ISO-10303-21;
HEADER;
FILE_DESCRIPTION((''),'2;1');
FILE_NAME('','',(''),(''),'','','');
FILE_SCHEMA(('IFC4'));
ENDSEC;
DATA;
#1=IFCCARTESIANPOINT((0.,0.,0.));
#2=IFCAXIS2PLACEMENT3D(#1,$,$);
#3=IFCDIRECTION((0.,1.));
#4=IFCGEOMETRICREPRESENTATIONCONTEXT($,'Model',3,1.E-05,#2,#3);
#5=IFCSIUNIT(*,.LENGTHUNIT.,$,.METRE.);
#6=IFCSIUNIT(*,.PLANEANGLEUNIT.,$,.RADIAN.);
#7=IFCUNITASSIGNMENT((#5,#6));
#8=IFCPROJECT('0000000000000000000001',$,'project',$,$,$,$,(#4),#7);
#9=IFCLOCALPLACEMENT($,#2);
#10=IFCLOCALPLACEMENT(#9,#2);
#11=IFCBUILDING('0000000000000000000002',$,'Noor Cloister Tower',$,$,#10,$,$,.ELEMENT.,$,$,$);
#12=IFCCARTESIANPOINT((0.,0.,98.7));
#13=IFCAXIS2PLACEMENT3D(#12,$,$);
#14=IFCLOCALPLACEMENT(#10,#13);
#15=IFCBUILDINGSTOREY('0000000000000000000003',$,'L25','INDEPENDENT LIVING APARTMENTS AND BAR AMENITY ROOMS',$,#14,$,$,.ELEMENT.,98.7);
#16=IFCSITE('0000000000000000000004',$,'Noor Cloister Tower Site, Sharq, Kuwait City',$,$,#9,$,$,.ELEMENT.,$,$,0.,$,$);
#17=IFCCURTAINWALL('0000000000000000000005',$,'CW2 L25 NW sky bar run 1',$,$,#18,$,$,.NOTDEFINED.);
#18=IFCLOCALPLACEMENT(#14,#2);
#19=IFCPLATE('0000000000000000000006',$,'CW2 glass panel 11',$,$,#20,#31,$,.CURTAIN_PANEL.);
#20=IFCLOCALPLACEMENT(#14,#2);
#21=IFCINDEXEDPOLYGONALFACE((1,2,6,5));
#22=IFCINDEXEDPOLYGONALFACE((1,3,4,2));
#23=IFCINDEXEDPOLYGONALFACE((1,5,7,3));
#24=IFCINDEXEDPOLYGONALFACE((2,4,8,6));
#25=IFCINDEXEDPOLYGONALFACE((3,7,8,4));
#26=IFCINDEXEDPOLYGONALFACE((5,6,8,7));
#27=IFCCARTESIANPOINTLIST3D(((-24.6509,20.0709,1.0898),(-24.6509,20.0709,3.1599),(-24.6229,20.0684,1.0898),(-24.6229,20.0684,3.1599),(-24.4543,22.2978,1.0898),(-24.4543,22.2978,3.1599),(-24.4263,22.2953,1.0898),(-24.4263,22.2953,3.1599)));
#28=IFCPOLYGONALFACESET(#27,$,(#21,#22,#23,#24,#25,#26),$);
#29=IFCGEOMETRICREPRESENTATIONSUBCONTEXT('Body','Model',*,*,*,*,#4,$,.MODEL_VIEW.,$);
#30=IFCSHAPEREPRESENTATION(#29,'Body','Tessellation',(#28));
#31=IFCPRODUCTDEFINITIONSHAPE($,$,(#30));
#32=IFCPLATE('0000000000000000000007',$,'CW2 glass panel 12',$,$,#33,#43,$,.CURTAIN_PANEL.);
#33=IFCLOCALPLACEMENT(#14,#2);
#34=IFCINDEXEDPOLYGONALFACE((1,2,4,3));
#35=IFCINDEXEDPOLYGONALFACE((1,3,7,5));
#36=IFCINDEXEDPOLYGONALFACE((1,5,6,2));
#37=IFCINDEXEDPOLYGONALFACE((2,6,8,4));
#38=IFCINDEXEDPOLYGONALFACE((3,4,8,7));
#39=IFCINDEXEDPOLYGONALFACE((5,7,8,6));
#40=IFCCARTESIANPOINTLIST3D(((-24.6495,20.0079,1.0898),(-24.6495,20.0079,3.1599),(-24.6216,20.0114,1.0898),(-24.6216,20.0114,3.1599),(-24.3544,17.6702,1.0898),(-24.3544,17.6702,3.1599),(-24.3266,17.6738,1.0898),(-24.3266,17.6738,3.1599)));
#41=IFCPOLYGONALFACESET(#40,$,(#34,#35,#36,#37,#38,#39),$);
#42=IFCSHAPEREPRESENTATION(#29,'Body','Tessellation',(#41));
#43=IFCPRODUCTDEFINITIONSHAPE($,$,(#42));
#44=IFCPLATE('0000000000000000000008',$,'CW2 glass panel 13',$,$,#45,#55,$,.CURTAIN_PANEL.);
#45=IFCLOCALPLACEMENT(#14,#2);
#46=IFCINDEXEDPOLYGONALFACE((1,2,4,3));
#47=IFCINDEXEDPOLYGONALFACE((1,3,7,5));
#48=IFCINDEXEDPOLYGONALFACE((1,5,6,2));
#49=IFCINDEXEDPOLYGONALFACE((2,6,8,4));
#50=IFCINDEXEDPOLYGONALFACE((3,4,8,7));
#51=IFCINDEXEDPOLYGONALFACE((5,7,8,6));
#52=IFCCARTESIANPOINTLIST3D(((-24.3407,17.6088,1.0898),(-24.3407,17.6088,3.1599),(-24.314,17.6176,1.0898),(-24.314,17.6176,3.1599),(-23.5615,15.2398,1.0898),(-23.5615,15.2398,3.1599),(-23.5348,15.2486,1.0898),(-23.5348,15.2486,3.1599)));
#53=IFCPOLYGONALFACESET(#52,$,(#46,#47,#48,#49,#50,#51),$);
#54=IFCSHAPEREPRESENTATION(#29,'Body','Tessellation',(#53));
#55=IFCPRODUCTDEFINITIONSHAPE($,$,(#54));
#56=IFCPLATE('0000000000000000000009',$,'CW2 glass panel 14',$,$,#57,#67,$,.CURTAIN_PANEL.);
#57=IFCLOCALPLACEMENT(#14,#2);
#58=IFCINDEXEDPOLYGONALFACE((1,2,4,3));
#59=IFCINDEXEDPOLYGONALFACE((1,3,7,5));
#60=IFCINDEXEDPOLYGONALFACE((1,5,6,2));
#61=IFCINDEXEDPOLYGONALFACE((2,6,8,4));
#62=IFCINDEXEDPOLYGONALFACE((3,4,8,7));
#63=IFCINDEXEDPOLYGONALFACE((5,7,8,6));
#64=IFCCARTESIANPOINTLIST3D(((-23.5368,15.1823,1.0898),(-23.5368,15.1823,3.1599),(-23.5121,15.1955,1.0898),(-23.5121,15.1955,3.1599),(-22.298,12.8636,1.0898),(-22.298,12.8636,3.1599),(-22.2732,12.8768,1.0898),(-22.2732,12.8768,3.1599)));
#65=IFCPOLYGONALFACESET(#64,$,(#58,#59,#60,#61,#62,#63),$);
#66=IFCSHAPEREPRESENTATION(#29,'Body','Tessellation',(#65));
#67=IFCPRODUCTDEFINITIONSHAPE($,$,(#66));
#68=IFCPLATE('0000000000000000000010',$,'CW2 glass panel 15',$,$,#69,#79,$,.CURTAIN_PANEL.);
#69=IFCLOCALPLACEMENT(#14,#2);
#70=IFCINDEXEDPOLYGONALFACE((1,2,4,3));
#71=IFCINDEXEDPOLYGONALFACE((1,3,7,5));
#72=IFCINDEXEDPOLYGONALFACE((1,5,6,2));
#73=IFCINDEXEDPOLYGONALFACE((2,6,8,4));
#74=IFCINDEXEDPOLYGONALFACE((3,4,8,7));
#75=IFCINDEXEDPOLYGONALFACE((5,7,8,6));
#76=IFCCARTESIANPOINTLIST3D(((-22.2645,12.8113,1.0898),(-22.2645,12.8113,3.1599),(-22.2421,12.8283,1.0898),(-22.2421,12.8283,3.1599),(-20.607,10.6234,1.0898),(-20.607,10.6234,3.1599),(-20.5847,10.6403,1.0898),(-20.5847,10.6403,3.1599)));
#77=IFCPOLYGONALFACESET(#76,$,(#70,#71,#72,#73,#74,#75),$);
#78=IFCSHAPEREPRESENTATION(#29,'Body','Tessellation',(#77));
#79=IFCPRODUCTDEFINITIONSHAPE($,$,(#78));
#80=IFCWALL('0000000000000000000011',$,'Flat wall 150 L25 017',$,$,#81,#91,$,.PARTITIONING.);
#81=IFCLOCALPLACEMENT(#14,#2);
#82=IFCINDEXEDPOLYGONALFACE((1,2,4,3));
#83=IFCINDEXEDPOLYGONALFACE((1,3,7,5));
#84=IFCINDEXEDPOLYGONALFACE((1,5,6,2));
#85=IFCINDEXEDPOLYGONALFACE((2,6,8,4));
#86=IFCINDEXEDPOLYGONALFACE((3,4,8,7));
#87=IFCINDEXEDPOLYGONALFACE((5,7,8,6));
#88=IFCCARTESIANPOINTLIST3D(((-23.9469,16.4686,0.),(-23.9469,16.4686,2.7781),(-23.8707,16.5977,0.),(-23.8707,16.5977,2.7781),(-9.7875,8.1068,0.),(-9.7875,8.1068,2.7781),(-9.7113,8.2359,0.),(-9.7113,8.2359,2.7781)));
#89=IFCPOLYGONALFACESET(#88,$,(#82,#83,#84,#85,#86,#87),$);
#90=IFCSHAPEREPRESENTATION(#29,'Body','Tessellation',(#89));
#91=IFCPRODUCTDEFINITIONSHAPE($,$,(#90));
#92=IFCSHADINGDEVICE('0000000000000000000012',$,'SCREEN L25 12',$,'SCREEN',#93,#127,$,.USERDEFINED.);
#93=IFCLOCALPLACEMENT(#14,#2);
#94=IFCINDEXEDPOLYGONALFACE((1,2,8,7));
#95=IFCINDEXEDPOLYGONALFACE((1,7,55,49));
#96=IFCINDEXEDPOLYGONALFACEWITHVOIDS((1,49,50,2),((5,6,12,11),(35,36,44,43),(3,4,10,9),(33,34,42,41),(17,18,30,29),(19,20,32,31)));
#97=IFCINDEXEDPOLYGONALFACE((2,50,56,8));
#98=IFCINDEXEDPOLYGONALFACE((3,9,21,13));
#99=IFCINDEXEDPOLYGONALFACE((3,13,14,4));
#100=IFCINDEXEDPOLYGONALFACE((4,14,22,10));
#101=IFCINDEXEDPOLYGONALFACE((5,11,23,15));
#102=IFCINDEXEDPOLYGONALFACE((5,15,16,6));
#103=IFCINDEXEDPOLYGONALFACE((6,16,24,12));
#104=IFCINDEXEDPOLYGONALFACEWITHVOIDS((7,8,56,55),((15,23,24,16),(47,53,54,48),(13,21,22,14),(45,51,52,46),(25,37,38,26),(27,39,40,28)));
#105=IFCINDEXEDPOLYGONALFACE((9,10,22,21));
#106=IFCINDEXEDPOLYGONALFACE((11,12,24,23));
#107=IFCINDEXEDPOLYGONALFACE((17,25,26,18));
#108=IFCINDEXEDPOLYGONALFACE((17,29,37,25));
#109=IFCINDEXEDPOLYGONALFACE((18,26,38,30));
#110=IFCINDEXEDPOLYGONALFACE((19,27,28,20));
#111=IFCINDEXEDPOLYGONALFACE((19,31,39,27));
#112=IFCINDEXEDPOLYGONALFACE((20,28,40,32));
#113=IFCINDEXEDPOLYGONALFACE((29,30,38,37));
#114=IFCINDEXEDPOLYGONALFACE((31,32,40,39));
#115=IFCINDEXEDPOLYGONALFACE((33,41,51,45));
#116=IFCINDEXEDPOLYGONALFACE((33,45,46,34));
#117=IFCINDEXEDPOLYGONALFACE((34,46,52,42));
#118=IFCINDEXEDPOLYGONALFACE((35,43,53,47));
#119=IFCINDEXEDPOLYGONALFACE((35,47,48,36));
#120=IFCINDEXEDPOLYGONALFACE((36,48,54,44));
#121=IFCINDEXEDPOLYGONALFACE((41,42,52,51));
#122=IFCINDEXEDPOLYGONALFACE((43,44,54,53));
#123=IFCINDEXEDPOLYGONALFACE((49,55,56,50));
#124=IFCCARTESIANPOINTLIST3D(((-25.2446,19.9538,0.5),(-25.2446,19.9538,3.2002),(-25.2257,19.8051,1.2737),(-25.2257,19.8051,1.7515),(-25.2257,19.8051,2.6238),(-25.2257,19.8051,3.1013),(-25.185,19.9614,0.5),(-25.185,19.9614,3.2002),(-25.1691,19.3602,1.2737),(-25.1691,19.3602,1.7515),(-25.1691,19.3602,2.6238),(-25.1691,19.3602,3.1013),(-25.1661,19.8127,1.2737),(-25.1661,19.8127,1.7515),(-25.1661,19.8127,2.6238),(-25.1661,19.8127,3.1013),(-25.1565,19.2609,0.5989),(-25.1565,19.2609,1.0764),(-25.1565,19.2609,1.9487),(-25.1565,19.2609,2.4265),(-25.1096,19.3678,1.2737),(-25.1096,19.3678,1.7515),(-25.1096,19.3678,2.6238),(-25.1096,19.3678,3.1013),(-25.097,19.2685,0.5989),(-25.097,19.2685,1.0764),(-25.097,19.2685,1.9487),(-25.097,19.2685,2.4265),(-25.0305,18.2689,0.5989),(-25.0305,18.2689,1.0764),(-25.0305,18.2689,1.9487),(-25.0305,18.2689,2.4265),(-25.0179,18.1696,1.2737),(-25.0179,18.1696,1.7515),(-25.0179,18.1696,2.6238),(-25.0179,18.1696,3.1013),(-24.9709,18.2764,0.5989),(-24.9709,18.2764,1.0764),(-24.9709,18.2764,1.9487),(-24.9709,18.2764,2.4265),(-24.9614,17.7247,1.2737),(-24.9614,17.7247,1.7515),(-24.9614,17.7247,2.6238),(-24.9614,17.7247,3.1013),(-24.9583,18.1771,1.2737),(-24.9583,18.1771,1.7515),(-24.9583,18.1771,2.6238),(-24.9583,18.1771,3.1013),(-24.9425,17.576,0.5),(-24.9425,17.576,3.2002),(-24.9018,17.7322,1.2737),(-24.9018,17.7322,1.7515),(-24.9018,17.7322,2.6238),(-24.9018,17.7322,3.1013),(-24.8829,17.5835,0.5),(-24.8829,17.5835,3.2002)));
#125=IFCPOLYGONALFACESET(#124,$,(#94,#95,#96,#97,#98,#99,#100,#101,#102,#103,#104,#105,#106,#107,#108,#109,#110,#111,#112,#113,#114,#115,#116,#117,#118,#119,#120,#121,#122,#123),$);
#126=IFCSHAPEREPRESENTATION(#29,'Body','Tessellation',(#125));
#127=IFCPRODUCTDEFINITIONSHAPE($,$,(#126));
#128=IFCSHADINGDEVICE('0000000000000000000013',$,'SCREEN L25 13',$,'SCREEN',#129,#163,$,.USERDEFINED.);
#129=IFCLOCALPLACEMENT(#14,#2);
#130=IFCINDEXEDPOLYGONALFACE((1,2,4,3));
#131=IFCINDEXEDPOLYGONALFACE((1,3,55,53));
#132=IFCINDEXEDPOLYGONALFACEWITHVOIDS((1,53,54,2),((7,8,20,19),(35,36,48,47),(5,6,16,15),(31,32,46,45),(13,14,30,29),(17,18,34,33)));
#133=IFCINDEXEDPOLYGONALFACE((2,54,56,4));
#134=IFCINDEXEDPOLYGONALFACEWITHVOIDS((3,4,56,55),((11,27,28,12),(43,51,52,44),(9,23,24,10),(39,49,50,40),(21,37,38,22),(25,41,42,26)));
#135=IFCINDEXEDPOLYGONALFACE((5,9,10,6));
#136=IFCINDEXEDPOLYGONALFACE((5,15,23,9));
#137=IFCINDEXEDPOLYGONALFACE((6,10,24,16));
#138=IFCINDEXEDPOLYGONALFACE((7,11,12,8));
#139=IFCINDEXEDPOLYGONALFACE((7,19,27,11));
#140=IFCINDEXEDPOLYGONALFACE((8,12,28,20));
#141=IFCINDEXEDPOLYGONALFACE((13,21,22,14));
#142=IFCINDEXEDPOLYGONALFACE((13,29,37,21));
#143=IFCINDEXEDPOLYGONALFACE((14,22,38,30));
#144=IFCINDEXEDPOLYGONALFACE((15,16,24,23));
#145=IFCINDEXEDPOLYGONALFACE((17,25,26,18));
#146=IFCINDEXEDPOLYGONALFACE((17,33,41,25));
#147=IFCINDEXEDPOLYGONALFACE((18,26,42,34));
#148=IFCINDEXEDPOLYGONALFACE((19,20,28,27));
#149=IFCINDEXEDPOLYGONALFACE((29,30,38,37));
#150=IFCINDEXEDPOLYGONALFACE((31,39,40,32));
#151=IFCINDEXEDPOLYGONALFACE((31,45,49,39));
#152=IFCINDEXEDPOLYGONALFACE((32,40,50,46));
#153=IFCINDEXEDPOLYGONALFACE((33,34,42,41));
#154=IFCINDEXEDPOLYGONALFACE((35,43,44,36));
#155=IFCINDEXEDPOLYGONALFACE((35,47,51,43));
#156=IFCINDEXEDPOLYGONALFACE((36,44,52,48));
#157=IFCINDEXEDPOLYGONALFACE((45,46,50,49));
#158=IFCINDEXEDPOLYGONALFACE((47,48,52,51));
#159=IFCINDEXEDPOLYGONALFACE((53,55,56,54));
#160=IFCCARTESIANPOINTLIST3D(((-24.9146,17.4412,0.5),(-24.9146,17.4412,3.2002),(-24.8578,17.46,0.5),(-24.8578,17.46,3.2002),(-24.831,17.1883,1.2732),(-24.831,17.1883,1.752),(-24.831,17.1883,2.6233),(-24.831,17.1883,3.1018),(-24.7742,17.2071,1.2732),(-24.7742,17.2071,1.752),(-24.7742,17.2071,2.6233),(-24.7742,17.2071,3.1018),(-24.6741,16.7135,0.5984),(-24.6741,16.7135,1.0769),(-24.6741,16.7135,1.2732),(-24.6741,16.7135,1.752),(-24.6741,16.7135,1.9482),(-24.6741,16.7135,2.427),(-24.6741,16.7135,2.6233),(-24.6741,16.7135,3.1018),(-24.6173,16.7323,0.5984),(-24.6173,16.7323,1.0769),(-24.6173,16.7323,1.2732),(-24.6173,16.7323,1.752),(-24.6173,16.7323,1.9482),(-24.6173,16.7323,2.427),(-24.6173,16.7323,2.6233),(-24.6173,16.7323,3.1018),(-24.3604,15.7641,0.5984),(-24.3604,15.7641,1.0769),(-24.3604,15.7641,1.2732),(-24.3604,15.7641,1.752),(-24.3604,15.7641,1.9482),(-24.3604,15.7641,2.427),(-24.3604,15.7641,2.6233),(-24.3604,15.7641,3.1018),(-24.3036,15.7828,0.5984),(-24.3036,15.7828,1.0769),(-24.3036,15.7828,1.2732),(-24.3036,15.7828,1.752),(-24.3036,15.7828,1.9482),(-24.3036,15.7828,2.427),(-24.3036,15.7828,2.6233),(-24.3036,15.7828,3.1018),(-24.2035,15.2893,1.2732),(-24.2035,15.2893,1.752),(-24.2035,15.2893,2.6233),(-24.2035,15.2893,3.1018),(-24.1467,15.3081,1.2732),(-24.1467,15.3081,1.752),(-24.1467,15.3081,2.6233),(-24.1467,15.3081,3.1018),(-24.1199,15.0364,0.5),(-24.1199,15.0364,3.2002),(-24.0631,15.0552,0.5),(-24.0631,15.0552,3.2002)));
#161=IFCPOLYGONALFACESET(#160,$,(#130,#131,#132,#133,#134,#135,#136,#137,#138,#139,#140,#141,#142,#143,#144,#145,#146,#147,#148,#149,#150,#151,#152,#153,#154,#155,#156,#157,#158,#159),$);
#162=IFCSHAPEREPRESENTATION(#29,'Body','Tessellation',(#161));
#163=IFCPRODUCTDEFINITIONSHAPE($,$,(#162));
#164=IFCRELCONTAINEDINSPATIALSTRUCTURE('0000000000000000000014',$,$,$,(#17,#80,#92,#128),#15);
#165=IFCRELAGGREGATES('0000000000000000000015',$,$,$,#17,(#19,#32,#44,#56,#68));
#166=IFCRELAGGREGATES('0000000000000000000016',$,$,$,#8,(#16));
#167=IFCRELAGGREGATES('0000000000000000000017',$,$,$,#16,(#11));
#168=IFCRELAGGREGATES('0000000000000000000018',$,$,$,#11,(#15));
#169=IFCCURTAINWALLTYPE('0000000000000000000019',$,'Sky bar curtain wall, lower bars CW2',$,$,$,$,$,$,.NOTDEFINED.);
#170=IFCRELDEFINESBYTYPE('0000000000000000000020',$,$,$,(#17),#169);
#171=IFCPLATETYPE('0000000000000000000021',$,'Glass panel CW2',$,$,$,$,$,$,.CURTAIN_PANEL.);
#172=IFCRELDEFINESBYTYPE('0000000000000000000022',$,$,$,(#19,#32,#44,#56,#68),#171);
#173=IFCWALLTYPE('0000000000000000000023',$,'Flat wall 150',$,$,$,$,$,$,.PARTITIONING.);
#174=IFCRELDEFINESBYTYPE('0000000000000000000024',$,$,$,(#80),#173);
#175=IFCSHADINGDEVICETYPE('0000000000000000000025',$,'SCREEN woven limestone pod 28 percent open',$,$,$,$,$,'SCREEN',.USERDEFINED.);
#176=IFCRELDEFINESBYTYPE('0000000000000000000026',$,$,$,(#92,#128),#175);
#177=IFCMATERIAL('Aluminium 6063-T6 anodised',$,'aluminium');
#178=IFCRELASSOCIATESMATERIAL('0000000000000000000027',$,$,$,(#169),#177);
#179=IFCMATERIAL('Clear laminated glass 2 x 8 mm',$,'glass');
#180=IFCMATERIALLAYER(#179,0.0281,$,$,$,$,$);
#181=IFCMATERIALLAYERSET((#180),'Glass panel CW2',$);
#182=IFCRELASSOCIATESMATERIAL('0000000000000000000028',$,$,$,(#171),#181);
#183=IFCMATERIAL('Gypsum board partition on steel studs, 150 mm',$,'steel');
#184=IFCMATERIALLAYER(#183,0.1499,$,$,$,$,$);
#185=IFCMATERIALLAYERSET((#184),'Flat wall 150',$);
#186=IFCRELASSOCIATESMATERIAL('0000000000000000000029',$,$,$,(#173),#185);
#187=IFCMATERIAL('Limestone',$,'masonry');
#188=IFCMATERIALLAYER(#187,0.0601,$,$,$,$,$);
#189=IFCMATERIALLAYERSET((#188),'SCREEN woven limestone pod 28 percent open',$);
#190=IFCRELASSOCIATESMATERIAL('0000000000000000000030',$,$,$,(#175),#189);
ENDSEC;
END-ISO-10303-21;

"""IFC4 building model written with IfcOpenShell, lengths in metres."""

from ifc_helpers import new_model, si_unit, direction, frame, frame_2d, origin, origin_2d, place, context, subcontext, project, spatial, polyline, rectangle, outline, extrude, material, layer, layer_set, type_object, element, aggregate, save


model = new_model("IFC4")

# Units and contexts
model_context = context("Model", 3, precision=1e-05, world=origin(), true_north=direction((0.0, 1.0)))
body_context = subcontext(model_context, "Body", "Model", "MODEL_VIEW")
ifc_project = project(units=[si_unit("LENGTHUNIT", "METRE"), si_unit("PLANEANGLEUNIT", "RADIAN")], contexts=[model_context])

# Site, building, storey
site_placement = place(None, origin())
site = spatial("IfcSite", under=ifc_project, at=site_placement, Name="Noor Cloister Tower Site, Sharq, Kuwait City", CompositionType="ELEMENT", RefElevation=0.0)
building_placement = place(site_placement, origin())
building = spatial("IfcBuilding", under=site, at=building_placement, Name="Noor Cloister Tower", CompositionType="ELEMENT")
storey_placement = place(building_placement, frame((0.0, 0.0, 98.7)))
storey = spatial("IfcBuildingStorey", under=building, at=storey_placement, Name="L25", Description="INDEPENDENT LIVING APARTMENTS AND BAR AMENITY ROOMS", CompositionType="ELEMENT", Elevation=98.7)

# Curtain wall
ifc_material_1 = material(Name="Aluminium 6063-T6 anodised", Category="aluminium")
curtain_wall_type = type_object("IfcCurtainWallType", Name="Sky bar curtain wall, lower bars CW2", PredefinedType="NOTDEFINED", material=ifc_material_1)
curtain_wall_placement = place(storey_placement, origin())
curtain_wall = element("IfcCurtainWall", 1, at=curtain_wall_placement, inside=storey, type_object=curtain_wall_type, Name="CW2 L25 NW sky bar run 1", PredefinedType="NOTDEFINED")

# Plates
ifc_material_2 = material(Name="Clear laminated glass 2 x 8 mm", Category="glass")
ifc_layer_1 = layer(ifc_material_2, 0.0281)
ifc_layer_set_1 = layer_set([ifc_layer_1], Name="Glass panel CW2")
plate_type = type_object("IfcPlateType", Name="Glass panel CW2", PredefinedType="CURTAIN_PANEL", material=ifc_layer_set_1)
plate_1_placement = place(storey_placement, frame((-24.5386, 21.1831, 1.0898), z_axis=(0.0, 0.0, 1.0), x_axis=(-0.087935, -0.996126, 0.0)))
plate_1 = element("IfcPlate", 2, at=plate_1_placement, type_object=plate_type, Name="CW2 glass panel 11", PredefinedType="CURTAIN_PANEL", context=body_context, shape_type="SweptSolid", body=[
    extrude(rectangle(XDim=2.2356, YDim=0.0281, at=origin_2d()), origin(), (0.0, 0.0, 1.0), 2.0701),
])
plate_2_placement = place(storey_placement, frame((-24.488, 18.8408, 1.0898), z_axis=(0.0, 0.0, 1.0), x_axis=(0.125227, -0.992128, 0.0)))
plate_2 = element("IfcPlate", 3, at=plate_2_placement, type_object=plate_type, Name="CW2 glass panel 12", PredefinedType="CURTAIN_PANEL", context=body_context, shape_type="SweptSolid", body=[
    extrude(rectangle(XDim=2.3562, YDim=0.0281, at=origin_2d()), origin(), (0.0, 0.0, 1.0), 2.0701),
])
plate_3_placement = place(storey_placement, frame((-23.9377, 16.4287, 1.0898), z_axis=(0.0, 0.0, 1.0), x_axis=(0.312457, -0.949932, 0.0)))
plate_3 = element("IfcPlate", 4, at=plate_3_placement, type_object=plate_type, Name="CW2 glass panel 13", PredefinedType="CURTAIN_PANEL", context=body_context, shape_type="SweptSolid", body=[
    extrude(rectangle(XDim=2.4939, YDim=0.0281, at=origin_2d()), origin(), (0.0, 0.0, 1.0), 2.0701),
])
plate_4_placement = place(storey_placement, frame((-22.905, 14.0295, 1.0898), z_axis=(0.0, 0.0, 1.0), x_axis=(0.471239, -0.882006, 0.0)))
plate_4 = element("IfcPlate", 5, at=plate_4_placement, type_object=plate_type, Name="CW2 glass panel 14", PredefinedType="CURTAIN_PANEL", context=body_context, shape_type="SweptSolid", body=[
    extrude(rectangle(XDim=2.6289, YDim=0.0281, at=origin_2d()), origin(), (0.0, 0.0, 1.0), 2.0701),
])
plate_5_placement = place(storey_placement, frame((-21.4246, 11.7258, 1.0898), z_axis=(0.0, 0.0, 1.0), x_axis=(0.603826, -0.797116, 0.0)))
plate_5 = element("IfcPlate", 6, at=plate_5_placement, type_object=plate_type, Name="CW2 glass panel 15", PredefinedType="CURTAIN_PANEL", context=body_context, shape_type="SweptSolid", body=[
    extrude(rectangle(XDim=2.7449, YDim=0.0281, at=origin_2d()), origin(), (0.0, 0.0, 1.0), 2.0701),
])
aggregate(curtain_wall, [plate_1, plate_2, plate_3, plate_4, plate_5])

# Wall
ifc_material_3 = material(Name="Gypsum board partition on steel studs, 150 mm", Category="steel")
ifc_layer_2 = layer(ifc_material_3, 0.1499)
ifc_layer_set_2 = layer_set([ifc_layer_2], Name="Flat wall 150")
wall_type = type_object("IfcWallType", Name="Flat wall 150", PredefinedType="PARTITIONING", material=ifc_layer_set_2)
wall_placement = place(storey_placement, frame((-23.9089, 16.5332, 0.0), z_axis=(0.0, 0.0, 1.0), x_axis=(0.861063, -0.508499, 0.0)))
element("IfcWall", 7, at=wall_placement, inside=storey, type_object=wall_type, Name="Flat wall 150 L25 017", PredefinedType="PARTITIONING", context=body_context, shape_type="SweptSolid", body=[
    extrude(rectangle(XDim=16.4441, YDim=0.1499, at=frame_2d((8.2222, 0.0))), origin(), (0.0, 0.0, 1.0), 2.7781),
])

# Shading devices
ifc_material_4 = material(Name="Limestone", Category="masonry")
ifc_layer_3 = layer(ifc_material_4, 0.0601)
ifc_layer_set_3 = layer_set([ifc_layer_3], Name="SCREEN woven limestone pod 28 percent open")
shading_device_type = type_object("IfcShadingDeviceType", Name="SCREEN woven limestone pod 28 percent open", ElementType="SCREEN", PredefinedType="USERDEFINED", material=ifc_layer_set_3)
shading_device_1_placement = place(storey_placement, frame((-25.0339, 18.7725, 1.8501), z_axis=(-0.992026, -0.126036, 0.0), x_axis=(0.126036, -0.992026, 0.0)))
element("IfcShadingDevice", 8, at=shading_device_1_placement, inside=storey, type_object=shading_device_type, Name="SCREEN L25 12", ObjectType="SCREEN", PredefinedType="USERDEFINED", context=body_context, shape_type="SweptSolid", body=[
    extrude(outline(polyline([(-1.1985, -1.3501), (1.1985, -1.3501), (1.1985, 1.3501), (-1.1985, 1.3501), (-1.1985, -1.3501)]), holes=[polyline([(-0.5, -1.2512), (0.5, -1.2512), (0.5, -0.7737), (-0.5, -0.7737), (-0.5, -1.2512)]), polyline([(0.6001, -0.5764), (1.0486, -0.5764), (1.0486, -0.0986), (0.6001, -0.0986), (0.6001, -0.5764)]), polyline([(-1.0486, -0.5764), (-0.6001, -0.5764), (-0.6001, -0.0986), (-1.0486, -0.0986), (-1.0486, -0.5764)]), polyline([(-0.5, 0.0986), (0.5, 0.0986), (0.5, 0.5764), (-0.5, 0.5764), (-0.5, 0.0986)]), polyline([(0.6001, 0.7737), (1.0486, 0.7737), (1.0486, 1.2512), (0.6001, 1.2512), (0.6001, 0.7737)]), polyline([(-1.0486, 0.7737), (-0.6001, 0.7737), (-0.6001, 1.2512), (-1.0486, 1.2512), (-1.0486, 0.7737)])]), origin(), (0.0, 0.0, 1.0), 0.0601),
])
shading_device_2_placement = place(storey_placement, frame((-24.4604, 16.2576, 1.8501), z_axis=(-0.949495, -0.313782, 0.0), x_axis=(0.313782, -0.949495, 0.0)))
element("IfcShadingDevice", 9, at=shading_device_2_placement, inside=storey, type_object=shading_device_type, Name="SCREEN L25 13", ObjectType="SCREEN", PredefinedType="USERDEFINED", context=body_context, shape_type="SweptSolid", body=[
    extrude(outline(polyline([(-1.2664, -1.3501), (1.2664, -1.3501), (1.2664, 1.3501), (-1.2664, 1.3501), (-1.2664, -1.3501)]), holes=[polyline([(-0.5, -1.2517), (0.5, -1.2517), (0.5, -0.7732), (-0.5, -0.7732), (-0.5, -1.2517)]), polyline([(-1.0, -0.5769), (-0.5, -0.5769), (-0.5, -0.0981), (-1.0, -0.0981), (-1.0, -0.5769)]), polyline([(0.5, -0.5769), (1.0, -0.5769), (1.0, -0.0981), (0.5, -0.0981), (0.5, -0.5769)]), polyline([(-0.5, 0.0981), (0.5, 0.0981), (0.5, 0.5769), (-0.5, 0.5769), (-0.5, 0.0981)]), polyline([(-1.0, 0.7732), (-0.5, 0.7732), (-0.5, 1.2517), (-1.0, 1.2517), (-1.0, 0.7732)]), polyline([(0.5, 0.7732), (1.0, 0.7732), (1.0, 1.2517), (0.5, 1.2517), (0.5, 0.7732)])]), origin(), (0.0, 0.0, 1.0), 0.0598),
])

save(model, "model.ifc")
